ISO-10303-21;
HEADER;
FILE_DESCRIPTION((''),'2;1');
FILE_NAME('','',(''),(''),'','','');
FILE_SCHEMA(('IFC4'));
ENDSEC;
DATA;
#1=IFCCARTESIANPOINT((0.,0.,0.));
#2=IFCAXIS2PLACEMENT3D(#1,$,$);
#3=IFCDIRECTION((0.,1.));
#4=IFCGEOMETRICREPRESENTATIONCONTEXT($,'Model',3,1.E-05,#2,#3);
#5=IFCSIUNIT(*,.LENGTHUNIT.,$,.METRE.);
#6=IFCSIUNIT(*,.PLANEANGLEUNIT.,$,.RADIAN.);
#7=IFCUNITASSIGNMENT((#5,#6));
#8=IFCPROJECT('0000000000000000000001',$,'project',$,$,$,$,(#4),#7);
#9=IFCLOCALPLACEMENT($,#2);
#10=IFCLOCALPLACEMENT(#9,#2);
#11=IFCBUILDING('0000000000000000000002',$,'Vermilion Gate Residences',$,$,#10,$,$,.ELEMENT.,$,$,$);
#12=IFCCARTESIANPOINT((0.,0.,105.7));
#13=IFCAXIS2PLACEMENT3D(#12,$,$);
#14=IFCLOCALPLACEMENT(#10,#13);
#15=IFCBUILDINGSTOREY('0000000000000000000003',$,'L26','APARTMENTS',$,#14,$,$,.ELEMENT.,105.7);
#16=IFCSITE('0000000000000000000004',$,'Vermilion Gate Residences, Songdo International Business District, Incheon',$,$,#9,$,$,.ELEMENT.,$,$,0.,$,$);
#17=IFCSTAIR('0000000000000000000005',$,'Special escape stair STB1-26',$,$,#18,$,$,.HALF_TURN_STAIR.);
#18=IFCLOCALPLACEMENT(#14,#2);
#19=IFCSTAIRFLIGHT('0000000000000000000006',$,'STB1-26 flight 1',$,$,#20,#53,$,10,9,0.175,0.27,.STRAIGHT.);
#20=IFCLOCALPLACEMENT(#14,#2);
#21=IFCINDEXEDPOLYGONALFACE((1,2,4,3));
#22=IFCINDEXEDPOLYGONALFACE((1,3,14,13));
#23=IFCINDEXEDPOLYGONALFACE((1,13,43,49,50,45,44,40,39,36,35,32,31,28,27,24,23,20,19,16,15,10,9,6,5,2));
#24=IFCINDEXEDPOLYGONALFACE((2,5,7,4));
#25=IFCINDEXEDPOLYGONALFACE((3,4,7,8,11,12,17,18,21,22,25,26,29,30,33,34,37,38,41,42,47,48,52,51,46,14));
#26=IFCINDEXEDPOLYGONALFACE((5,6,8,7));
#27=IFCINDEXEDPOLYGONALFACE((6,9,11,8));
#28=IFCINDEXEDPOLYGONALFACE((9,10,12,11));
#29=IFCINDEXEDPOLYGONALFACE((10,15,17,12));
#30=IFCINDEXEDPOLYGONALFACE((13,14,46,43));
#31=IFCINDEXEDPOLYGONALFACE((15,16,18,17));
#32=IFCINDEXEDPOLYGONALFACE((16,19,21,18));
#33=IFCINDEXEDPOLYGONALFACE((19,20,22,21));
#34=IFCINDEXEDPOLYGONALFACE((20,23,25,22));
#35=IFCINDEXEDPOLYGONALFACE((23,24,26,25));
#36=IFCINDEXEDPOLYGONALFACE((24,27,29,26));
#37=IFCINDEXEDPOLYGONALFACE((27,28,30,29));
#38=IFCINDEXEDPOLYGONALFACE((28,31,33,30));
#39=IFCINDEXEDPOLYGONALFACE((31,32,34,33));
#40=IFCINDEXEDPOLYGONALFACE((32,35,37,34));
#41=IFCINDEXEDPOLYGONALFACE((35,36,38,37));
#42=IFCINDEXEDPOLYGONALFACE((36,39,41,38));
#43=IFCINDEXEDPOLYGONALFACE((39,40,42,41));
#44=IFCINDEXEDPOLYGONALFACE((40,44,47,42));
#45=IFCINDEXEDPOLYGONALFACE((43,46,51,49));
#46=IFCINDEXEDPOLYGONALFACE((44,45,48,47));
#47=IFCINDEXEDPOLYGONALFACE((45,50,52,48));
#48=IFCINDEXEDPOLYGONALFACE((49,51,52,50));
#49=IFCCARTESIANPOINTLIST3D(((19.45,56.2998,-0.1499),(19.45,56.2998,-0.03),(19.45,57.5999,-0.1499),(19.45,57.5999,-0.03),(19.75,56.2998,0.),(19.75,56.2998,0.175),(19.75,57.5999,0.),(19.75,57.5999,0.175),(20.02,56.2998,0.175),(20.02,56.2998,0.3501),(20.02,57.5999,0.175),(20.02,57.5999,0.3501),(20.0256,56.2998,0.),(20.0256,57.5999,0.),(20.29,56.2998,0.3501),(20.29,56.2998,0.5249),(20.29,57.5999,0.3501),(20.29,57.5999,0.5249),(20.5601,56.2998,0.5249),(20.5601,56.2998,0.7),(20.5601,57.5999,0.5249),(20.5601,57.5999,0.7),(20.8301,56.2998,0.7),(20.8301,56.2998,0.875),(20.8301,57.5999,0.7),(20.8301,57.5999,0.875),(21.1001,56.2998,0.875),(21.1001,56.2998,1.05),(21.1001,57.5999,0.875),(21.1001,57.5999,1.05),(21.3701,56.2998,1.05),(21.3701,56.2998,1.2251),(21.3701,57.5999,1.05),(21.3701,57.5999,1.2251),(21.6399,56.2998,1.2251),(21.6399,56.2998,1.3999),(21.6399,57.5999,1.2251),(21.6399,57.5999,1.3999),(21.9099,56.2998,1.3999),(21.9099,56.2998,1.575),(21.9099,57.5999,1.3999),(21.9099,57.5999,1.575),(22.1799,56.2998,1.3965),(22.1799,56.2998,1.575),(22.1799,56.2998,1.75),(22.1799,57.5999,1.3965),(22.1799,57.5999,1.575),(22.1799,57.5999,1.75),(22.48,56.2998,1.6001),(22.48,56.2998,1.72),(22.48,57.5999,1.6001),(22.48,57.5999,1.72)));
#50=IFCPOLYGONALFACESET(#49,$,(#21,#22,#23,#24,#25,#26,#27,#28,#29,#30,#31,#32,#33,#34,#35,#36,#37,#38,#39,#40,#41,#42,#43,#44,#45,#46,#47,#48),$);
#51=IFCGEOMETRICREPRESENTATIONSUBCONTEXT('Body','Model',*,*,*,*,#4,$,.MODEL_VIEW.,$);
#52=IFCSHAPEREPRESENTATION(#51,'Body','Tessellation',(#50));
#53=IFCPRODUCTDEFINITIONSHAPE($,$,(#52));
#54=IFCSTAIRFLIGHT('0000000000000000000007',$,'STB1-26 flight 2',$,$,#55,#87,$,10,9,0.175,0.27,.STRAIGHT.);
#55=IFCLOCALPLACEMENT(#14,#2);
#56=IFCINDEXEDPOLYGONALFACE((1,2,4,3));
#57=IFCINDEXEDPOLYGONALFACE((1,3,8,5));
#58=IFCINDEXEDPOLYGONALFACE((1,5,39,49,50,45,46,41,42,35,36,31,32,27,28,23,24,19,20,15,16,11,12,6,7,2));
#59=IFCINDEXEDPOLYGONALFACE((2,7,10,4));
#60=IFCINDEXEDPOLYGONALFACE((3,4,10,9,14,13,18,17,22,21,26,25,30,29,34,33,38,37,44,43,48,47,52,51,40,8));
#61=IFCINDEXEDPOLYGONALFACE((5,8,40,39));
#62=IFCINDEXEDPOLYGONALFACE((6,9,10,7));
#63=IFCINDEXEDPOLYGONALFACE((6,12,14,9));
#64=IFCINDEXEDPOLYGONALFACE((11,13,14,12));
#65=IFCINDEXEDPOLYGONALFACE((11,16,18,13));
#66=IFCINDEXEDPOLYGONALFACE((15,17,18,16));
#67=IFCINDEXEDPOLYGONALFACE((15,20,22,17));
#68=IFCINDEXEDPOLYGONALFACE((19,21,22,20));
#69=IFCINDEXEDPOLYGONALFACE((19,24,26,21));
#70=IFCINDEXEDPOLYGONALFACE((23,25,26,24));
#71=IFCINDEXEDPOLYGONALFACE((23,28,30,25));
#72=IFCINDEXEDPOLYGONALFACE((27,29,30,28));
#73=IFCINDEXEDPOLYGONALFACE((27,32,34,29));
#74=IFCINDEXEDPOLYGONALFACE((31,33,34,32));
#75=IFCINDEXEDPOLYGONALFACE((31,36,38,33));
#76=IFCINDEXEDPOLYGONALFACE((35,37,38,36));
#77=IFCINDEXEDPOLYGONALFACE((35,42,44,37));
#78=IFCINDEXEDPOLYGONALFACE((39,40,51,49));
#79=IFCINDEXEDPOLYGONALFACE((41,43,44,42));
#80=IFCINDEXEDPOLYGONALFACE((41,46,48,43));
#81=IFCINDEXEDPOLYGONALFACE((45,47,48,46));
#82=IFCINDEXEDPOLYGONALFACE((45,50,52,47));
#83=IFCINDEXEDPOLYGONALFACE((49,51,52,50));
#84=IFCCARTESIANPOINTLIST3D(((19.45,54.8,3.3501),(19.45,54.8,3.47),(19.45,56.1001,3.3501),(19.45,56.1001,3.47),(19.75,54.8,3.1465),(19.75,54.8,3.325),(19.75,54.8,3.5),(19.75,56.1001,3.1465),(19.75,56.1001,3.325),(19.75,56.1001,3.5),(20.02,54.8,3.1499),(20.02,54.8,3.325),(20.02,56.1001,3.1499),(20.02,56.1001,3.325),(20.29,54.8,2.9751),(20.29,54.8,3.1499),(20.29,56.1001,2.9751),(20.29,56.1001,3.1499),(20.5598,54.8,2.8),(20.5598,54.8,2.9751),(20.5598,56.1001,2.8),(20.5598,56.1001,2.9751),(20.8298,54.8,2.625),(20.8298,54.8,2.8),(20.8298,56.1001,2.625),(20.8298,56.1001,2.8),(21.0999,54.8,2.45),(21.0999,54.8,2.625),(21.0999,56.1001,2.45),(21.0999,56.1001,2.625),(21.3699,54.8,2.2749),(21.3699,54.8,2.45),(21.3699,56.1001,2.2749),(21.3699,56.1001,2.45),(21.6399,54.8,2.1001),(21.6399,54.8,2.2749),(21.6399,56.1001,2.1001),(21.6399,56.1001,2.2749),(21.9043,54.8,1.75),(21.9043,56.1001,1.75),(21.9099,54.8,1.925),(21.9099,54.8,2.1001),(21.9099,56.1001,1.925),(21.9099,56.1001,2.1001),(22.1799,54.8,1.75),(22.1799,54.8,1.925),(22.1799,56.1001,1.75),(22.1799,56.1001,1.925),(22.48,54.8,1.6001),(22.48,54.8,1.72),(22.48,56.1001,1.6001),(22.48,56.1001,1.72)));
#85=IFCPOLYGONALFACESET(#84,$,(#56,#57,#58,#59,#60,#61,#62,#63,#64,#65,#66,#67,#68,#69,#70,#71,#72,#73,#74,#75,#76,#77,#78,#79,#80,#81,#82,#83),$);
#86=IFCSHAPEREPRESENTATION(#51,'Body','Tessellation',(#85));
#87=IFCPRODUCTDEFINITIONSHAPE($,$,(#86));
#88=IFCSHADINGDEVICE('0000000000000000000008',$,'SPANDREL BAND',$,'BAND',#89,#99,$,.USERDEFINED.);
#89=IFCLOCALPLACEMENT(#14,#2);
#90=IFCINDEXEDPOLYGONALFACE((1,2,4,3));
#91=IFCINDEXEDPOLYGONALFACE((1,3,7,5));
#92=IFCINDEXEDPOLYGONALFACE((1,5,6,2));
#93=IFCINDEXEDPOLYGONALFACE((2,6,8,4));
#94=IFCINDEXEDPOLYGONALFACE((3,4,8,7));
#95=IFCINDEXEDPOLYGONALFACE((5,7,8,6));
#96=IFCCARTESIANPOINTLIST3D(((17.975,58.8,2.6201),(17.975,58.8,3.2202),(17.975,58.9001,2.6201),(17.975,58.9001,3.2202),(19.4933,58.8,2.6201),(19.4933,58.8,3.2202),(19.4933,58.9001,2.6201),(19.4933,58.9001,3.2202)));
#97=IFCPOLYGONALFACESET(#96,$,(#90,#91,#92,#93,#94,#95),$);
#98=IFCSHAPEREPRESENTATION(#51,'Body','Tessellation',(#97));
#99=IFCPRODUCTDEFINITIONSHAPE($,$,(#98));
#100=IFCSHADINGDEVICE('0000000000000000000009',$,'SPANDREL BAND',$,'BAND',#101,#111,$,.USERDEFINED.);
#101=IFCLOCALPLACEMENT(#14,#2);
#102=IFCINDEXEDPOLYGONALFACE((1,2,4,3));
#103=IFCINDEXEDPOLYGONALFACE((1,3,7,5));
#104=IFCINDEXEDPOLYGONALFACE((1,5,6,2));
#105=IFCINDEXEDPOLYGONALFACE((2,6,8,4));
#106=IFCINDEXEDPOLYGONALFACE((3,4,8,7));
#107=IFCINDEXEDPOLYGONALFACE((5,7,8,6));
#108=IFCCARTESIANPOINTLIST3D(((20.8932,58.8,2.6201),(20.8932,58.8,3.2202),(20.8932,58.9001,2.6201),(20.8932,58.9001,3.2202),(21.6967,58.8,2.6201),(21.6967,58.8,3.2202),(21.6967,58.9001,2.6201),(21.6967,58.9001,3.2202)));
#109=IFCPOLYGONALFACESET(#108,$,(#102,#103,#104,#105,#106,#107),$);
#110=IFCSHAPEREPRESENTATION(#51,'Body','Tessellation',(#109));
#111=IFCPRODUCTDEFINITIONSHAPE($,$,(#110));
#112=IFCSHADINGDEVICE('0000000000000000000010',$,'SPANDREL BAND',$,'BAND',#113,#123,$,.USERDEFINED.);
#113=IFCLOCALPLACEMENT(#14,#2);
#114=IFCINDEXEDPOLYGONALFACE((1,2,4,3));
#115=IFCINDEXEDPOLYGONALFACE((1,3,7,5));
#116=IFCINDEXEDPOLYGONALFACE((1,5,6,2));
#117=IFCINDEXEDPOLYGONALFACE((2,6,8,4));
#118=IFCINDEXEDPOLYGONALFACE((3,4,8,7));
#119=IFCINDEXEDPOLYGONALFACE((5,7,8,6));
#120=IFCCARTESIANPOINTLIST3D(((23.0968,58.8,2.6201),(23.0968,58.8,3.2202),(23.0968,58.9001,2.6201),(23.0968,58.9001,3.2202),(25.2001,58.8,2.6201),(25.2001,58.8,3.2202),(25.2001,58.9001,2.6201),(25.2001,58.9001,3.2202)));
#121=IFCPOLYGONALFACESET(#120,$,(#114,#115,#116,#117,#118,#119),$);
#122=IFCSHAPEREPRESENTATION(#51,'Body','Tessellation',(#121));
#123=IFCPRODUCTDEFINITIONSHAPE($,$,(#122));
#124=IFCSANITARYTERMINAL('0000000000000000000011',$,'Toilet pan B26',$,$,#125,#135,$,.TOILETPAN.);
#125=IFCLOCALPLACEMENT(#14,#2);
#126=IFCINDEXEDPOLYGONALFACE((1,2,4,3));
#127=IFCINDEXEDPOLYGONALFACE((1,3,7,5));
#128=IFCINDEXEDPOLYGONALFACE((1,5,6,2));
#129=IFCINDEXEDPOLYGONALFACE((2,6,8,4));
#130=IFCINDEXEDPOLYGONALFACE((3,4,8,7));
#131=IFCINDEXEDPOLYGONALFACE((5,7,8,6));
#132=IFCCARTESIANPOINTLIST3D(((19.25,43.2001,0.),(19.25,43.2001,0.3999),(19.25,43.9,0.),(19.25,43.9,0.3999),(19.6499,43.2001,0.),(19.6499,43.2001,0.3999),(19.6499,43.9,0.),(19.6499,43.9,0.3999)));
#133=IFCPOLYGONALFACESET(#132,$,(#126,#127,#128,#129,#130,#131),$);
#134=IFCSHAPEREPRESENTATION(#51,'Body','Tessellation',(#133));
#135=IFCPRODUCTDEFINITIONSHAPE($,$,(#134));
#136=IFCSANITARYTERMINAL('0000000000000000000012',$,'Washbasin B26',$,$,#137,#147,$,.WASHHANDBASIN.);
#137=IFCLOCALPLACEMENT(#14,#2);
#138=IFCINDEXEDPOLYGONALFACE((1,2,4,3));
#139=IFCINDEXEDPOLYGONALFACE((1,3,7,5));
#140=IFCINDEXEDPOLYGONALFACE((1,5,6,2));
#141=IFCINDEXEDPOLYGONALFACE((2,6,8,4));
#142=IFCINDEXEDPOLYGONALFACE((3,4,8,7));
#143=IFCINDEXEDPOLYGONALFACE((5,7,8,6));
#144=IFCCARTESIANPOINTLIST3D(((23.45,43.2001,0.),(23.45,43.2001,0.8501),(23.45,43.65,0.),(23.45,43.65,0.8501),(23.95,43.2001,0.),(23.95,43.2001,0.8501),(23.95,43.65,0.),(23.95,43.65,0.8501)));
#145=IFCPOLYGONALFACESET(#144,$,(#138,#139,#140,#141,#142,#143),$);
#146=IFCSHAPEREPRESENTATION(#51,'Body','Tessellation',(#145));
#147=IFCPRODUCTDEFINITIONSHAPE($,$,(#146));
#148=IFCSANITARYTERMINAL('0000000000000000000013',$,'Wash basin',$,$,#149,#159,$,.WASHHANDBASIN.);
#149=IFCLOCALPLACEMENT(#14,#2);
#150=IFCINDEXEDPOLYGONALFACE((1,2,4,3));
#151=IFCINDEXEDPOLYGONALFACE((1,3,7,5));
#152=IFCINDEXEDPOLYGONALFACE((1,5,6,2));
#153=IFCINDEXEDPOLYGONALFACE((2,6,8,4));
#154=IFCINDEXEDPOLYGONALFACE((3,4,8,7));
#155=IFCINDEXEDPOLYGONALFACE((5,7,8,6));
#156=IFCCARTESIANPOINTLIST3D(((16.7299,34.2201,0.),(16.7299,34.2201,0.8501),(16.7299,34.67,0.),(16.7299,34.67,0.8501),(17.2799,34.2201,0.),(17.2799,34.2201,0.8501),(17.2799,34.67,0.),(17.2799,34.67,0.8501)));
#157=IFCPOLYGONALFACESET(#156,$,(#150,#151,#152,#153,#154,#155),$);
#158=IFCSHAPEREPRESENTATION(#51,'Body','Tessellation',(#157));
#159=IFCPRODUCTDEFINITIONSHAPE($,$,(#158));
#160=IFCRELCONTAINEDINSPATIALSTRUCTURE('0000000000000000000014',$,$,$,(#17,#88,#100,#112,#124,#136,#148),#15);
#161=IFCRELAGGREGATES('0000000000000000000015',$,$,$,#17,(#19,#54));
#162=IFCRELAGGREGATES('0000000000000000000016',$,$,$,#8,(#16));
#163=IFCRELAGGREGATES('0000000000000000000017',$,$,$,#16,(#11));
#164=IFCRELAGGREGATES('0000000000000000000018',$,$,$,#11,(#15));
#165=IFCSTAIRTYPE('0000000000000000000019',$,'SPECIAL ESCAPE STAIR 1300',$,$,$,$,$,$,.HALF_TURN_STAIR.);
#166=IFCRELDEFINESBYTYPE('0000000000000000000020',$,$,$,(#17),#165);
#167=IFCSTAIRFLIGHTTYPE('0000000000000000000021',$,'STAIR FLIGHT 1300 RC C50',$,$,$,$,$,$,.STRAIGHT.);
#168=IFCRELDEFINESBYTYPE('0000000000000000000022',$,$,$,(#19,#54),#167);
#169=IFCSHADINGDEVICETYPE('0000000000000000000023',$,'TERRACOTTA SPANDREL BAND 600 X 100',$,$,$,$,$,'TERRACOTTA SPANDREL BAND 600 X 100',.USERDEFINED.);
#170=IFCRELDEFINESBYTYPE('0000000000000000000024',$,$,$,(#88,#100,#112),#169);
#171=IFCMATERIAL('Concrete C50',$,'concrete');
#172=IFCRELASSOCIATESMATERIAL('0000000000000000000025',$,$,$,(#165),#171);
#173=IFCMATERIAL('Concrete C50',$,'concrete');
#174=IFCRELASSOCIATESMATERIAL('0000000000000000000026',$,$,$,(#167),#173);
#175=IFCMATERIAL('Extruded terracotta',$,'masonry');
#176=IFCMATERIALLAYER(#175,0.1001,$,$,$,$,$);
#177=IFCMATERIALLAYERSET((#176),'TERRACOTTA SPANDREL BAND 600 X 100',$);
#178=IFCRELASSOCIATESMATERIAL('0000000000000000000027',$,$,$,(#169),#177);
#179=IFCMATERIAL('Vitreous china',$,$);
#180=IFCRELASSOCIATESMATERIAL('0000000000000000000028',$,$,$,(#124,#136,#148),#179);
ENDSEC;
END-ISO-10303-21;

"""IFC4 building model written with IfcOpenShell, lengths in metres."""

from ifc_helpers import new_model, si_unit, direction, frame, origin, origin_2d, place, context, subcontext, project, spatial, polyline, rectangle, outline, extrude, material, layer, layer_set, type_object, element, aggregate, save


model = new_model("IFC4")

# Units and contexts
model_context = context("Model", 3, precision=1e-05, world=origin(), true_north=direction((0.0, 1.0)))
body_context = subcontext(model_context, "Body", "Model", "MODEL_VIEW")
ifc_project = project(units=[si_unit("LENGTHUNIT", "METRE"), si_unit("PLANEANGLEUNIT", "RADIAN")], contexts=[model_context])

# Site, building, storey
site_placement = place(None, origin())
site = spatial("IfcSite", under=ifc_project, at=site_placement, Name="Vermilion Gate Residences, Songdo International Business District, Incheon", CompositionType="ELEMENT", RefElevation=0.0)
building_placement = place(site_placement, origin())
building = spatial("IfcBuilding", under=site, at=building_placement, Name="Vermilion Gate Residences", CompositionType="ELEMENT")
storey_placement = place(building_placement, frame((0.0, 0.0, 105.7)))
storey = spatial("IfcBuildingStorey", under=building, at=storey_placement, Name="L26", Description="APARTMENTS", CompositionType="ELEMENT", Elevation=105.7)

# Stair, stair flights
ifc_material_1 = material(Name="Concrete C50", Category="concrete")
stair_type = type_object("IfcStairType", Name="SPECIAL ESCAPE STAIR 1300", PredefinedType="HALF_TURN_STAIR", material=ifc_material_1)
stair_placement = place(storey_placement, origin())
stair = element("IfcStair", 1, at=stair_placement, inside=storey, type_object=stair_type, Name="Special escape stair STB1-26", PredefinedType="HALF_TURN_STAIR")
ifc_material_2 = material(Name="Concrete C50", Category="concrete")
stair_flight_type = type_object("IfcStairFlightType", Name="STAIR FLIGHT 1300 RC C50", PredefinedType="STRAIGHT", material=ifc_material_2)
stair_flight_1_placement = place(storey_placement, frame((19.75, 56.95, 0.0), z_axis=(0.0, 0.0, 1.0), x_axis=(1.0, 0.0, 0.0)))
stair_flight_1 = element("IfcStairFlight", 2, at=stair_flight_1_placement, type_object=stair_flight_type, Name="STB1-26 flight 1", NumberOfRisers=10, NumberOfTreads=9, PredefinedType="STRAIGHT", RiserHeight=0.175, TreadLength=0.27, context=body_context, shape_type="SweptSolid", body=[
    extrude(outline(polyline([(-0.3, -0.1499), (-0.3, -0.03), (0.0, 0.0), (0.0, 0.175), (0.27, 0.175), (0.27, 0.3501), (0.54, 0.3501), (0.54, 0.5249), (0.8101, 0.5249), (0.8101, 0.7), (1.0801, 0.7), (1.0801, 0.875), (1.3501, 0.875), (1.3501, 1.05), (1.6201, 1.05), (1.6201, 1.2251), (1.8899, 1.2251), (1.8899, 1.3999), (2.1599, 1.3999), (2.1599, 1.575), (2.4299, 1.575), (2.4299, 1.75), (2.73, 1.72), (2.73, 1.6001), (2.4299, 1.3965), (0.2756, 0.0), (-0.3, -0.1499)])), frame((0.0, 0.6499, 0.0), z_axis=(0.0, -1.0, 0.0), x_axis=(1.0, 0.0, 0.0)), (0.0, 0.0, 1.0), 1.3),
])
stair_flight_2_placement = place(storey_placement, frame((22.1799, 55.45, 1.75), z_axis=(0.0, 0.0, 1.0), x_axis=(-1.0, 0.0, 0.0)))
stair_flight_2 = element("IfcStairFlight", 3, at=stair_flight_2_placement, type_object=stair_flight_type, Name="STB1-26 flight 2", NumberOfRisers=10, NumberOfTreads=9, PredefinedType="STRAIGHT", RiserHeight=0.175, TreadLength=0.27, context=body_context, shape_type="SweptSolid", body=[
    extrude(outline(polyline([(-0.3, -0.1499), (-0.3, -0.03), (0.0, 0.0), (0.0, 0.175), (0.27, 0.175), (0.27, 0.3501), (0.54, 0.3501), (0.54, 0.5249), (0.8101, 0.5249), (0.8101, 0.7), (1.0801, 0.7), (1.0801, 0.875), (1.3501, 0.875), (1.3501, 1.05), (1.6201, 1.05), (1.6201, 1.2251), (1.8899, 1.2251), (1.8899, 1.3999), (2.1599, 1.3999), (2.1599, 1.575), (2.4299, 1.575), (2.4299, 1.75), (2.73, 1.72), (2.73, 1.6001), (2.4299, 1.3965), (0.2756, 0.0), (-0.3, -0.1499)])), frame((0.0, 0.6499, 0.0), z_axis=(0.0, -1.0, 0.0), x_axis=(1.0, 0.0, 0.0)), (0.0, 0.0, 1.0), 1.3),
])
aggregate(stair, [stair_flight_1, stair_flight_2])

# Shading devices
ifc_material_3 = material(Name="Extruded terracotta", Category="masonry")
ifc_layer_1 = layer(ifc_material_3, 0.1001)
ifc_layer_set_1 = layer_set([ifc_layer_1], Name="TERRACOTTA SPANDREL BAND 600 X 100")
shading_device_type = type_object("IfcShadingDeviceType", Name="TERRACOTTA SPANDREL BAND 600 X 100", ElementType="TERRACOTTA SPANDREL BAND 600 X 100", PredefinedType="USERDEFINED", material=ifc_layer_set_1)
shading_device_1_placement = place(storey_placement, frame((18.7341, 58.8501, 2.6201), z_axis=(0.0, 0.0, 1.0), x_axis=(1.0, 0.0, 0.0)))
element("IfcShadingDevice", 4, at=shading_device_1_placement, inside=storey, type_object=shading_device_type, Name="SPANDREL BAND", ObjectType="BAND", PredefinedType="USERDEFINED", context=body_context, shape_type="SweptSolid", body=[
    extrude(rectangle(XDim=1.5183, YDim=0.1001, at=origin_2d()), origin(), (0.0, 0.0, 1.0), 0.6001),
])
shading_device_2_placement = place(storey_placement, frame((21.2949, 58.8501, 2.6201), z_axis=(0.0, 0.0, 1.0), x_axis=(1.0, 0.0, 0.0)))
element("IfcShadingDevice", 5, at=shading_device_2_placement, inside=storey, type_object=shading_device_type, Name="SPANDREL BAND", ObjectType="BAND", PredefinedType="USERDEFINED", context=body_context, shape_type="SweptSolid", body=[
    extrude(rectangle(XDim=0.8035, YDim=0.1001, at=origin_2d()), origin(), (0.0, 0.0, 1.0), 0.6001),
])
shading_device_3_placement = place(storey_placement, frame((24.1484, 58.8501, 2.6201), z_axis=(0.0, 0.0, 1.0), x_axis=(1.0, 0.0, 0.0)))
element("IfcShadingDevice", 6, at=shading_device_3_placement, inside=storey, type_object=shading_device_type, Name="SPANDREL BAND", ObjectType="BAND", PredefinedType="USERDEFINED", context=body_context, shape_type="SweptSolid", body=[
    extrude(rectangle(XDim=2.1033, YDim=0.1001, at=origin_2d()), origin(), (0.0, 0.0, 1.0), 0.6001),
])

# Sanitary terminals
ifc_material_4 = material(Name="Vitreous china")
sanitary_terminal_1_placement = place(storey_placement, frame((19.45, 43.55, 0.0), z_axis=(0.0, 0.0, 1.0), x_axis=(1.0, 0.0, 0.0)))
element("IfcSanitaryTerminal", 7, at=sanitary_terminal_1_placement, inside=storey, material=ifc_material_4, Name="Toilet pan B26", PredefinedType="TOILETPAN", context=body_context, shape_type="SweptSolid", body=[
    extrude(rectangle(XDim=0.3999, YDim=0.7, at=origin_2d()), origin(), (0.0, 0.0, 1.0), 0.3999),
])
sanitary_terminal_2_placement = place(storey_placement, frame((23.7, 43.425, 0.0), z_axis=(0.0, 0.0, 1.0), x_axis=(1.0, 0.0, 0.0)))
element("IfcSanitaryTerminal", 8, at=sanitary_terminal_2_placement, inside=storey, material=ifc_material_4, Name="Washbasin B26", PredefinedType="WASHHANDBASIN", context=body_context, shape_type="SweptSolid", body=[
    extrude(rectangle(XDim=0.5, YDim=0.45, at=origin_2d()), origin(), (0.0, 0.0, 1.0), 0.8501),
])
sanitary_terminal_3_placement = place(storey_placement, frame((17.0049, 34.4451, 0.0), z_axis=(0.0, 0.0, 1.0), x_axis=(1.0, 0.0, 0.0)))
element("IfcSanitaryTerminal", 9, at=sanitary_terminal_3_placement, inside=storey, material=ifc_material_4, Name="Wash basin", PredefinedType="WASHHANDBASIN", context=body_context, shape_type="SweptSolid", body=[
    extrude(rectangle(XDim=0.55, YDim=0.45, at=origin_2d()), origin(), (0.0, 0.0, 1.0), 0.8501),
])

save(model, "model.ifc")
